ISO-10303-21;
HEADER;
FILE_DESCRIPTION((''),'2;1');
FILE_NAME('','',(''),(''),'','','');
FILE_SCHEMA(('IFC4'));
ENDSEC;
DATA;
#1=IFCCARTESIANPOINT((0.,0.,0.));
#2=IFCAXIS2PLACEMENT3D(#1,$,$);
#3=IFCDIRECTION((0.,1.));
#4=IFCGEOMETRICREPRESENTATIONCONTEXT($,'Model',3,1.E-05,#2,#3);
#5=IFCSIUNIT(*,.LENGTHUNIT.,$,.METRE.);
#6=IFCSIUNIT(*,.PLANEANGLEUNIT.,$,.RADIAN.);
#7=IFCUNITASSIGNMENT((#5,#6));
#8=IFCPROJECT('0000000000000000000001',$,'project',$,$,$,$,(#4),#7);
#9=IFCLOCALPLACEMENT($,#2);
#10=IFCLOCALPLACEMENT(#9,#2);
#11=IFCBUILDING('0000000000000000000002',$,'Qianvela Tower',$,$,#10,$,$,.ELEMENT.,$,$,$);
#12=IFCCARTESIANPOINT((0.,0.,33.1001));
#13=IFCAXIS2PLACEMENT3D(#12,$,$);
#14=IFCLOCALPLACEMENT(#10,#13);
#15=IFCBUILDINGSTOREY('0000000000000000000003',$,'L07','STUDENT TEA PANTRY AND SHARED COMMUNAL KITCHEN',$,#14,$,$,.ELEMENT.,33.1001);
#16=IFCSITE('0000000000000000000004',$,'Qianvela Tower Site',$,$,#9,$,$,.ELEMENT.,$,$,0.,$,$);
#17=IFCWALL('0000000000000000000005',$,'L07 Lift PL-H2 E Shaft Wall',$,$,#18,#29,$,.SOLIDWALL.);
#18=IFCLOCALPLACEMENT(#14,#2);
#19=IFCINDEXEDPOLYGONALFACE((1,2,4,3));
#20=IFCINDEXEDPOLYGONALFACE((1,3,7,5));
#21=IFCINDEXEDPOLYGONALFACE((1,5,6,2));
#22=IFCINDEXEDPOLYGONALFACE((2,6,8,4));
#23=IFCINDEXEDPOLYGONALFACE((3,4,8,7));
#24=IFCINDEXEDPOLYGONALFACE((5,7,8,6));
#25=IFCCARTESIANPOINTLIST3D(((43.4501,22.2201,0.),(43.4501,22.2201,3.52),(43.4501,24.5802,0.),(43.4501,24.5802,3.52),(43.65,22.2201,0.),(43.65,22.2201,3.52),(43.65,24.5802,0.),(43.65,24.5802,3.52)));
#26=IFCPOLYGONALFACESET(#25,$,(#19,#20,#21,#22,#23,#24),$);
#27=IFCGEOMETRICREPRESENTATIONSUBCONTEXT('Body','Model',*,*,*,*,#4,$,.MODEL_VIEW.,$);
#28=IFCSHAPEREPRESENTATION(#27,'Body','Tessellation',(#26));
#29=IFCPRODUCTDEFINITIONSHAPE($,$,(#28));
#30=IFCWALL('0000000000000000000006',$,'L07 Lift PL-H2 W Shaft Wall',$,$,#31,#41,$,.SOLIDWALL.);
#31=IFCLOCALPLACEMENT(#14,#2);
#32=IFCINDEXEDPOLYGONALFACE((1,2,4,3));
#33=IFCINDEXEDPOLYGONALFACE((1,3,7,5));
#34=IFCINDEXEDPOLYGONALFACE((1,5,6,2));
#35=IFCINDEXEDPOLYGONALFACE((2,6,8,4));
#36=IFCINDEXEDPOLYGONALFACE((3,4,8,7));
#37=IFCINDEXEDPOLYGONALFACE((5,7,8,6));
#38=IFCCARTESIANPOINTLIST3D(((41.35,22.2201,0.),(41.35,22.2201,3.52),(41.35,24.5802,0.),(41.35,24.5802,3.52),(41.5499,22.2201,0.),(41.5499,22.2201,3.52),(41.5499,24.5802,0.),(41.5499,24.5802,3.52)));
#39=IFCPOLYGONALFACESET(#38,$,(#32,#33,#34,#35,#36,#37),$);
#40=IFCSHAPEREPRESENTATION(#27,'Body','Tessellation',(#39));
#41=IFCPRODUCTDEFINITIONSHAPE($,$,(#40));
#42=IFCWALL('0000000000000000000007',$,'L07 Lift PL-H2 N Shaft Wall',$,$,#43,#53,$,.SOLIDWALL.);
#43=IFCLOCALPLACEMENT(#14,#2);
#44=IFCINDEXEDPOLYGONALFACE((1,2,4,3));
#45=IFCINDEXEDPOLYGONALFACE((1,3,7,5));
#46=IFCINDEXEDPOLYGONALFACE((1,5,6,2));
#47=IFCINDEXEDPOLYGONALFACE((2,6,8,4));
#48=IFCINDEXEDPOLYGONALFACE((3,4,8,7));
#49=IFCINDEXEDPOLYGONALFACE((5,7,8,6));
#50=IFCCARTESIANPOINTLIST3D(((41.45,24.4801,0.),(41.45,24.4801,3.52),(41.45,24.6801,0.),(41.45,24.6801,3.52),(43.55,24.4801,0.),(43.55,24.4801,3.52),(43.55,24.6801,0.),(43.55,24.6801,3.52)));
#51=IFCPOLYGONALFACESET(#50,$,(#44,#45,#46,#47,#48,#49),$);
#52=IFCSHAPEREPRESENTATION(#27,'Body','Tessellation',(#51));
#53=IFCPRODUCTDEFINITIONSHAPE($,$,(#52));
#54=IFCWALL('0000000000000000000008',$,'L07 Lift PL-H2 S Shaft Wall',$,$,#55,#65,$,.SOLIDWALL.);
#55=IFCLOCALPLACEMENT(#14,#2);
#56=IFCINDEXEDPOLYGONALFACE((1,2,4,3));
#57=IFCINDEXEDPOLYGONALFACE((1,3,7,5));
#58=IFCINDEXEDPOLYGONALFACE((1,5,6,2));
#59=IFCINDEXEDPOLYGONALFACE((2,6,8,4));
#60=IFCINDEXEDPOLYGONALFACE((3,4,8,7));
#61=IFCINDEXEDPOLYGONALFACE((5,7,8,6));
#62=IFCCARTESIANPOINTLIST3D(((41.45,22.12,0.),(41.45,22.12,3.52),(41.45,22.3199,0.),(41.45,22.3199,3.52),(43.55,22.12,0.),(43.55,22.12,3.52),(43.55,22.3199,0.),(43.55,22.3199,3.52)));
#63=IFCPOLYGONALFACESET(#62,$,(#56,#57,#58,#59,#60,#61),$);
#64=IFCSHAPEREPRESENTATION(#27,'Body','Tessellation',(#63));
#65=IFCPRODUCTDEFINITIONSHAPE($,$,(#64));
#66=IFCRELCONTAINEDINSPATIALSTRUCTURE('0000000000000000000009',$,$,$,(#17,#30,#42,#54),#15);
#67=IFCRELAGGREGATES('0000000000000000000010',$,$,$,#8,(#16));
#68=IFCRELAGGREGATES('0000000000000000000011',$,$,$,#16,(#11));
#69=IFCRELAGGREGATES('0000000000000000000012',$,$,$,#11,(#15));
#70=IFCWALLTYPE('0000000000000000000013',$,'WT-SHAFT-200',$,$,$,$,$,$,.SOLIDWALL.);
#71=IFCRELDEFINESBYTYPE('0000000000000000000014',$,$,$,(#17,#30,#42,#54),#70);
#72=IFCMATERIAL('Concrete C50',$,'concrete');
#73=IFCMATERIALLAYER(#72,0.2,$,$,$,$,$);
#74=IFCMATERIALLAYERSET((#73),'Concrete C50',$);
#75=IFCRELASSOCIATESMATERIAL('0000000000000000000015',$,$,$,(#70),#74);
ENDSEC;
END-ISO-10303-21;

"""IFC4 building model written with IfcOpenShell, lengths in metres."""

from ifc_helpers import new_model, si_unit, direction, frame, frame_2d, origin, place, context, subcontext, project, spatial, rectangle, extrude, material, layer, layer_set, type_object, element, save


model = new_model("IFC4")

# Units and contexts
model_context = context("Model", 3, precision=1e-05, world=origin(), true_north=direction((0.0, 1.0)))
body_context = subcontext(model_context, "Body", "Model", "MODEL_VIEW")
ifc_project = project(units=[si_unit("LENGTHUNIT", "METRE"), si_unit("PLANEANGLEUNIT", "RADIAN")], contexts=[model_context])

# Site, building, storey
site_placement = place(None, origin())
site = spatial("IfcSite", under=ifc_project, at=site_placement, Name="Qianvela Tower Site", CompositionType="ELEMENT", RefElevation=0.0)
building_placement = place(site_placement, origin())
building = spatial("IfcBuilding", under=site, at=building_placement, Name="Qianvela Tower", CompositionType="ELEMENT")
storey_placement = place(building_placement, frame((0.0, 0.0, 33.1001)))
storey = spatial("IfcBuildingStorey", under=building, at=storey_placement, Name="L07", Description="STUDENT TEA PANTRY AND SHARED COMMUNAL KITCHEN", CompositionType="ELEMENT", Elevation=33.1001)

# Walls
ifc_material_1 = material(Name="Concrete C50", Category="concrete")
ifc_layer_1 = layer(ifc_material_1, 0.2)
ifc_layer_set_1 = layer_set([ifc_layer_1], Name="Concrete C50")
wall_type_1 = type_object("IfcWallType", Name="WT-SHAFT-200", PredefinedType="SOLIDWALL", material=ifc_layer_set_1)
for number, where, z_axis, x_axis, name in (
    (1, (43.55, 22.22, 0.0), (0.0, 0.0, 1.0), (0.0, 1.0, 0.0), "L07 Lift PL-H2 E Shaft Wall"),
    (2, (41.45, 22.22, 0.0), (0.0, 0.0, 1.0), (0.0, 1.0, 0.0), "L07 Lift PL-H2 W Shaft Wall"),
):
    element("IfcWall", number, at=place(storey_placement, frame(where, z_axis=z_axis, x_axis=x_axis)), inside=storey, type_object=wall_type_1, Name=name, PredefinedType="SOLIDWALL", context=body_context, shape_type="SweptSolid", body=[
        extrude(rectangle(XDim=2.3601, YDim=0.2, at=frame_2d((1.1802, 0.0))), origin(), (0.0, 0.0, 1.0), 3.52),
    ])
for number, where, z_axis, x_axis, name in (
    (3, (41.45, 24.5801, 0.0), (0.0, 0.0, 1.0), (1.0, 0.0, 0.0), "L07 Lift PL-H2 N Shaft Wall"),
    (4, (41.45, 22.22, 0.0), (0.0, 0.0, 1.0), (1.0, 0.0, 0.0), "L07 Lift PL-H2 S Shaft Wall"),
):
    element("IfcWall", number, at=place(storey_placement, frame(where, z_axis=z_axis, x_axis=x_axis)), inside=storey, type_object=wall_type_1, Name=name, PredefinedType="SOLIDWALL", context=body_context, shape_type="SweptSolid", body=[
        extrude(rectangle(XDim=2.1001, YDim=0.2, at=frame_2d((1.05, 0.0))), origin(), (0.0, 0.0, 1.0), 3.52),
    ])

save(model, "model.ifc")
